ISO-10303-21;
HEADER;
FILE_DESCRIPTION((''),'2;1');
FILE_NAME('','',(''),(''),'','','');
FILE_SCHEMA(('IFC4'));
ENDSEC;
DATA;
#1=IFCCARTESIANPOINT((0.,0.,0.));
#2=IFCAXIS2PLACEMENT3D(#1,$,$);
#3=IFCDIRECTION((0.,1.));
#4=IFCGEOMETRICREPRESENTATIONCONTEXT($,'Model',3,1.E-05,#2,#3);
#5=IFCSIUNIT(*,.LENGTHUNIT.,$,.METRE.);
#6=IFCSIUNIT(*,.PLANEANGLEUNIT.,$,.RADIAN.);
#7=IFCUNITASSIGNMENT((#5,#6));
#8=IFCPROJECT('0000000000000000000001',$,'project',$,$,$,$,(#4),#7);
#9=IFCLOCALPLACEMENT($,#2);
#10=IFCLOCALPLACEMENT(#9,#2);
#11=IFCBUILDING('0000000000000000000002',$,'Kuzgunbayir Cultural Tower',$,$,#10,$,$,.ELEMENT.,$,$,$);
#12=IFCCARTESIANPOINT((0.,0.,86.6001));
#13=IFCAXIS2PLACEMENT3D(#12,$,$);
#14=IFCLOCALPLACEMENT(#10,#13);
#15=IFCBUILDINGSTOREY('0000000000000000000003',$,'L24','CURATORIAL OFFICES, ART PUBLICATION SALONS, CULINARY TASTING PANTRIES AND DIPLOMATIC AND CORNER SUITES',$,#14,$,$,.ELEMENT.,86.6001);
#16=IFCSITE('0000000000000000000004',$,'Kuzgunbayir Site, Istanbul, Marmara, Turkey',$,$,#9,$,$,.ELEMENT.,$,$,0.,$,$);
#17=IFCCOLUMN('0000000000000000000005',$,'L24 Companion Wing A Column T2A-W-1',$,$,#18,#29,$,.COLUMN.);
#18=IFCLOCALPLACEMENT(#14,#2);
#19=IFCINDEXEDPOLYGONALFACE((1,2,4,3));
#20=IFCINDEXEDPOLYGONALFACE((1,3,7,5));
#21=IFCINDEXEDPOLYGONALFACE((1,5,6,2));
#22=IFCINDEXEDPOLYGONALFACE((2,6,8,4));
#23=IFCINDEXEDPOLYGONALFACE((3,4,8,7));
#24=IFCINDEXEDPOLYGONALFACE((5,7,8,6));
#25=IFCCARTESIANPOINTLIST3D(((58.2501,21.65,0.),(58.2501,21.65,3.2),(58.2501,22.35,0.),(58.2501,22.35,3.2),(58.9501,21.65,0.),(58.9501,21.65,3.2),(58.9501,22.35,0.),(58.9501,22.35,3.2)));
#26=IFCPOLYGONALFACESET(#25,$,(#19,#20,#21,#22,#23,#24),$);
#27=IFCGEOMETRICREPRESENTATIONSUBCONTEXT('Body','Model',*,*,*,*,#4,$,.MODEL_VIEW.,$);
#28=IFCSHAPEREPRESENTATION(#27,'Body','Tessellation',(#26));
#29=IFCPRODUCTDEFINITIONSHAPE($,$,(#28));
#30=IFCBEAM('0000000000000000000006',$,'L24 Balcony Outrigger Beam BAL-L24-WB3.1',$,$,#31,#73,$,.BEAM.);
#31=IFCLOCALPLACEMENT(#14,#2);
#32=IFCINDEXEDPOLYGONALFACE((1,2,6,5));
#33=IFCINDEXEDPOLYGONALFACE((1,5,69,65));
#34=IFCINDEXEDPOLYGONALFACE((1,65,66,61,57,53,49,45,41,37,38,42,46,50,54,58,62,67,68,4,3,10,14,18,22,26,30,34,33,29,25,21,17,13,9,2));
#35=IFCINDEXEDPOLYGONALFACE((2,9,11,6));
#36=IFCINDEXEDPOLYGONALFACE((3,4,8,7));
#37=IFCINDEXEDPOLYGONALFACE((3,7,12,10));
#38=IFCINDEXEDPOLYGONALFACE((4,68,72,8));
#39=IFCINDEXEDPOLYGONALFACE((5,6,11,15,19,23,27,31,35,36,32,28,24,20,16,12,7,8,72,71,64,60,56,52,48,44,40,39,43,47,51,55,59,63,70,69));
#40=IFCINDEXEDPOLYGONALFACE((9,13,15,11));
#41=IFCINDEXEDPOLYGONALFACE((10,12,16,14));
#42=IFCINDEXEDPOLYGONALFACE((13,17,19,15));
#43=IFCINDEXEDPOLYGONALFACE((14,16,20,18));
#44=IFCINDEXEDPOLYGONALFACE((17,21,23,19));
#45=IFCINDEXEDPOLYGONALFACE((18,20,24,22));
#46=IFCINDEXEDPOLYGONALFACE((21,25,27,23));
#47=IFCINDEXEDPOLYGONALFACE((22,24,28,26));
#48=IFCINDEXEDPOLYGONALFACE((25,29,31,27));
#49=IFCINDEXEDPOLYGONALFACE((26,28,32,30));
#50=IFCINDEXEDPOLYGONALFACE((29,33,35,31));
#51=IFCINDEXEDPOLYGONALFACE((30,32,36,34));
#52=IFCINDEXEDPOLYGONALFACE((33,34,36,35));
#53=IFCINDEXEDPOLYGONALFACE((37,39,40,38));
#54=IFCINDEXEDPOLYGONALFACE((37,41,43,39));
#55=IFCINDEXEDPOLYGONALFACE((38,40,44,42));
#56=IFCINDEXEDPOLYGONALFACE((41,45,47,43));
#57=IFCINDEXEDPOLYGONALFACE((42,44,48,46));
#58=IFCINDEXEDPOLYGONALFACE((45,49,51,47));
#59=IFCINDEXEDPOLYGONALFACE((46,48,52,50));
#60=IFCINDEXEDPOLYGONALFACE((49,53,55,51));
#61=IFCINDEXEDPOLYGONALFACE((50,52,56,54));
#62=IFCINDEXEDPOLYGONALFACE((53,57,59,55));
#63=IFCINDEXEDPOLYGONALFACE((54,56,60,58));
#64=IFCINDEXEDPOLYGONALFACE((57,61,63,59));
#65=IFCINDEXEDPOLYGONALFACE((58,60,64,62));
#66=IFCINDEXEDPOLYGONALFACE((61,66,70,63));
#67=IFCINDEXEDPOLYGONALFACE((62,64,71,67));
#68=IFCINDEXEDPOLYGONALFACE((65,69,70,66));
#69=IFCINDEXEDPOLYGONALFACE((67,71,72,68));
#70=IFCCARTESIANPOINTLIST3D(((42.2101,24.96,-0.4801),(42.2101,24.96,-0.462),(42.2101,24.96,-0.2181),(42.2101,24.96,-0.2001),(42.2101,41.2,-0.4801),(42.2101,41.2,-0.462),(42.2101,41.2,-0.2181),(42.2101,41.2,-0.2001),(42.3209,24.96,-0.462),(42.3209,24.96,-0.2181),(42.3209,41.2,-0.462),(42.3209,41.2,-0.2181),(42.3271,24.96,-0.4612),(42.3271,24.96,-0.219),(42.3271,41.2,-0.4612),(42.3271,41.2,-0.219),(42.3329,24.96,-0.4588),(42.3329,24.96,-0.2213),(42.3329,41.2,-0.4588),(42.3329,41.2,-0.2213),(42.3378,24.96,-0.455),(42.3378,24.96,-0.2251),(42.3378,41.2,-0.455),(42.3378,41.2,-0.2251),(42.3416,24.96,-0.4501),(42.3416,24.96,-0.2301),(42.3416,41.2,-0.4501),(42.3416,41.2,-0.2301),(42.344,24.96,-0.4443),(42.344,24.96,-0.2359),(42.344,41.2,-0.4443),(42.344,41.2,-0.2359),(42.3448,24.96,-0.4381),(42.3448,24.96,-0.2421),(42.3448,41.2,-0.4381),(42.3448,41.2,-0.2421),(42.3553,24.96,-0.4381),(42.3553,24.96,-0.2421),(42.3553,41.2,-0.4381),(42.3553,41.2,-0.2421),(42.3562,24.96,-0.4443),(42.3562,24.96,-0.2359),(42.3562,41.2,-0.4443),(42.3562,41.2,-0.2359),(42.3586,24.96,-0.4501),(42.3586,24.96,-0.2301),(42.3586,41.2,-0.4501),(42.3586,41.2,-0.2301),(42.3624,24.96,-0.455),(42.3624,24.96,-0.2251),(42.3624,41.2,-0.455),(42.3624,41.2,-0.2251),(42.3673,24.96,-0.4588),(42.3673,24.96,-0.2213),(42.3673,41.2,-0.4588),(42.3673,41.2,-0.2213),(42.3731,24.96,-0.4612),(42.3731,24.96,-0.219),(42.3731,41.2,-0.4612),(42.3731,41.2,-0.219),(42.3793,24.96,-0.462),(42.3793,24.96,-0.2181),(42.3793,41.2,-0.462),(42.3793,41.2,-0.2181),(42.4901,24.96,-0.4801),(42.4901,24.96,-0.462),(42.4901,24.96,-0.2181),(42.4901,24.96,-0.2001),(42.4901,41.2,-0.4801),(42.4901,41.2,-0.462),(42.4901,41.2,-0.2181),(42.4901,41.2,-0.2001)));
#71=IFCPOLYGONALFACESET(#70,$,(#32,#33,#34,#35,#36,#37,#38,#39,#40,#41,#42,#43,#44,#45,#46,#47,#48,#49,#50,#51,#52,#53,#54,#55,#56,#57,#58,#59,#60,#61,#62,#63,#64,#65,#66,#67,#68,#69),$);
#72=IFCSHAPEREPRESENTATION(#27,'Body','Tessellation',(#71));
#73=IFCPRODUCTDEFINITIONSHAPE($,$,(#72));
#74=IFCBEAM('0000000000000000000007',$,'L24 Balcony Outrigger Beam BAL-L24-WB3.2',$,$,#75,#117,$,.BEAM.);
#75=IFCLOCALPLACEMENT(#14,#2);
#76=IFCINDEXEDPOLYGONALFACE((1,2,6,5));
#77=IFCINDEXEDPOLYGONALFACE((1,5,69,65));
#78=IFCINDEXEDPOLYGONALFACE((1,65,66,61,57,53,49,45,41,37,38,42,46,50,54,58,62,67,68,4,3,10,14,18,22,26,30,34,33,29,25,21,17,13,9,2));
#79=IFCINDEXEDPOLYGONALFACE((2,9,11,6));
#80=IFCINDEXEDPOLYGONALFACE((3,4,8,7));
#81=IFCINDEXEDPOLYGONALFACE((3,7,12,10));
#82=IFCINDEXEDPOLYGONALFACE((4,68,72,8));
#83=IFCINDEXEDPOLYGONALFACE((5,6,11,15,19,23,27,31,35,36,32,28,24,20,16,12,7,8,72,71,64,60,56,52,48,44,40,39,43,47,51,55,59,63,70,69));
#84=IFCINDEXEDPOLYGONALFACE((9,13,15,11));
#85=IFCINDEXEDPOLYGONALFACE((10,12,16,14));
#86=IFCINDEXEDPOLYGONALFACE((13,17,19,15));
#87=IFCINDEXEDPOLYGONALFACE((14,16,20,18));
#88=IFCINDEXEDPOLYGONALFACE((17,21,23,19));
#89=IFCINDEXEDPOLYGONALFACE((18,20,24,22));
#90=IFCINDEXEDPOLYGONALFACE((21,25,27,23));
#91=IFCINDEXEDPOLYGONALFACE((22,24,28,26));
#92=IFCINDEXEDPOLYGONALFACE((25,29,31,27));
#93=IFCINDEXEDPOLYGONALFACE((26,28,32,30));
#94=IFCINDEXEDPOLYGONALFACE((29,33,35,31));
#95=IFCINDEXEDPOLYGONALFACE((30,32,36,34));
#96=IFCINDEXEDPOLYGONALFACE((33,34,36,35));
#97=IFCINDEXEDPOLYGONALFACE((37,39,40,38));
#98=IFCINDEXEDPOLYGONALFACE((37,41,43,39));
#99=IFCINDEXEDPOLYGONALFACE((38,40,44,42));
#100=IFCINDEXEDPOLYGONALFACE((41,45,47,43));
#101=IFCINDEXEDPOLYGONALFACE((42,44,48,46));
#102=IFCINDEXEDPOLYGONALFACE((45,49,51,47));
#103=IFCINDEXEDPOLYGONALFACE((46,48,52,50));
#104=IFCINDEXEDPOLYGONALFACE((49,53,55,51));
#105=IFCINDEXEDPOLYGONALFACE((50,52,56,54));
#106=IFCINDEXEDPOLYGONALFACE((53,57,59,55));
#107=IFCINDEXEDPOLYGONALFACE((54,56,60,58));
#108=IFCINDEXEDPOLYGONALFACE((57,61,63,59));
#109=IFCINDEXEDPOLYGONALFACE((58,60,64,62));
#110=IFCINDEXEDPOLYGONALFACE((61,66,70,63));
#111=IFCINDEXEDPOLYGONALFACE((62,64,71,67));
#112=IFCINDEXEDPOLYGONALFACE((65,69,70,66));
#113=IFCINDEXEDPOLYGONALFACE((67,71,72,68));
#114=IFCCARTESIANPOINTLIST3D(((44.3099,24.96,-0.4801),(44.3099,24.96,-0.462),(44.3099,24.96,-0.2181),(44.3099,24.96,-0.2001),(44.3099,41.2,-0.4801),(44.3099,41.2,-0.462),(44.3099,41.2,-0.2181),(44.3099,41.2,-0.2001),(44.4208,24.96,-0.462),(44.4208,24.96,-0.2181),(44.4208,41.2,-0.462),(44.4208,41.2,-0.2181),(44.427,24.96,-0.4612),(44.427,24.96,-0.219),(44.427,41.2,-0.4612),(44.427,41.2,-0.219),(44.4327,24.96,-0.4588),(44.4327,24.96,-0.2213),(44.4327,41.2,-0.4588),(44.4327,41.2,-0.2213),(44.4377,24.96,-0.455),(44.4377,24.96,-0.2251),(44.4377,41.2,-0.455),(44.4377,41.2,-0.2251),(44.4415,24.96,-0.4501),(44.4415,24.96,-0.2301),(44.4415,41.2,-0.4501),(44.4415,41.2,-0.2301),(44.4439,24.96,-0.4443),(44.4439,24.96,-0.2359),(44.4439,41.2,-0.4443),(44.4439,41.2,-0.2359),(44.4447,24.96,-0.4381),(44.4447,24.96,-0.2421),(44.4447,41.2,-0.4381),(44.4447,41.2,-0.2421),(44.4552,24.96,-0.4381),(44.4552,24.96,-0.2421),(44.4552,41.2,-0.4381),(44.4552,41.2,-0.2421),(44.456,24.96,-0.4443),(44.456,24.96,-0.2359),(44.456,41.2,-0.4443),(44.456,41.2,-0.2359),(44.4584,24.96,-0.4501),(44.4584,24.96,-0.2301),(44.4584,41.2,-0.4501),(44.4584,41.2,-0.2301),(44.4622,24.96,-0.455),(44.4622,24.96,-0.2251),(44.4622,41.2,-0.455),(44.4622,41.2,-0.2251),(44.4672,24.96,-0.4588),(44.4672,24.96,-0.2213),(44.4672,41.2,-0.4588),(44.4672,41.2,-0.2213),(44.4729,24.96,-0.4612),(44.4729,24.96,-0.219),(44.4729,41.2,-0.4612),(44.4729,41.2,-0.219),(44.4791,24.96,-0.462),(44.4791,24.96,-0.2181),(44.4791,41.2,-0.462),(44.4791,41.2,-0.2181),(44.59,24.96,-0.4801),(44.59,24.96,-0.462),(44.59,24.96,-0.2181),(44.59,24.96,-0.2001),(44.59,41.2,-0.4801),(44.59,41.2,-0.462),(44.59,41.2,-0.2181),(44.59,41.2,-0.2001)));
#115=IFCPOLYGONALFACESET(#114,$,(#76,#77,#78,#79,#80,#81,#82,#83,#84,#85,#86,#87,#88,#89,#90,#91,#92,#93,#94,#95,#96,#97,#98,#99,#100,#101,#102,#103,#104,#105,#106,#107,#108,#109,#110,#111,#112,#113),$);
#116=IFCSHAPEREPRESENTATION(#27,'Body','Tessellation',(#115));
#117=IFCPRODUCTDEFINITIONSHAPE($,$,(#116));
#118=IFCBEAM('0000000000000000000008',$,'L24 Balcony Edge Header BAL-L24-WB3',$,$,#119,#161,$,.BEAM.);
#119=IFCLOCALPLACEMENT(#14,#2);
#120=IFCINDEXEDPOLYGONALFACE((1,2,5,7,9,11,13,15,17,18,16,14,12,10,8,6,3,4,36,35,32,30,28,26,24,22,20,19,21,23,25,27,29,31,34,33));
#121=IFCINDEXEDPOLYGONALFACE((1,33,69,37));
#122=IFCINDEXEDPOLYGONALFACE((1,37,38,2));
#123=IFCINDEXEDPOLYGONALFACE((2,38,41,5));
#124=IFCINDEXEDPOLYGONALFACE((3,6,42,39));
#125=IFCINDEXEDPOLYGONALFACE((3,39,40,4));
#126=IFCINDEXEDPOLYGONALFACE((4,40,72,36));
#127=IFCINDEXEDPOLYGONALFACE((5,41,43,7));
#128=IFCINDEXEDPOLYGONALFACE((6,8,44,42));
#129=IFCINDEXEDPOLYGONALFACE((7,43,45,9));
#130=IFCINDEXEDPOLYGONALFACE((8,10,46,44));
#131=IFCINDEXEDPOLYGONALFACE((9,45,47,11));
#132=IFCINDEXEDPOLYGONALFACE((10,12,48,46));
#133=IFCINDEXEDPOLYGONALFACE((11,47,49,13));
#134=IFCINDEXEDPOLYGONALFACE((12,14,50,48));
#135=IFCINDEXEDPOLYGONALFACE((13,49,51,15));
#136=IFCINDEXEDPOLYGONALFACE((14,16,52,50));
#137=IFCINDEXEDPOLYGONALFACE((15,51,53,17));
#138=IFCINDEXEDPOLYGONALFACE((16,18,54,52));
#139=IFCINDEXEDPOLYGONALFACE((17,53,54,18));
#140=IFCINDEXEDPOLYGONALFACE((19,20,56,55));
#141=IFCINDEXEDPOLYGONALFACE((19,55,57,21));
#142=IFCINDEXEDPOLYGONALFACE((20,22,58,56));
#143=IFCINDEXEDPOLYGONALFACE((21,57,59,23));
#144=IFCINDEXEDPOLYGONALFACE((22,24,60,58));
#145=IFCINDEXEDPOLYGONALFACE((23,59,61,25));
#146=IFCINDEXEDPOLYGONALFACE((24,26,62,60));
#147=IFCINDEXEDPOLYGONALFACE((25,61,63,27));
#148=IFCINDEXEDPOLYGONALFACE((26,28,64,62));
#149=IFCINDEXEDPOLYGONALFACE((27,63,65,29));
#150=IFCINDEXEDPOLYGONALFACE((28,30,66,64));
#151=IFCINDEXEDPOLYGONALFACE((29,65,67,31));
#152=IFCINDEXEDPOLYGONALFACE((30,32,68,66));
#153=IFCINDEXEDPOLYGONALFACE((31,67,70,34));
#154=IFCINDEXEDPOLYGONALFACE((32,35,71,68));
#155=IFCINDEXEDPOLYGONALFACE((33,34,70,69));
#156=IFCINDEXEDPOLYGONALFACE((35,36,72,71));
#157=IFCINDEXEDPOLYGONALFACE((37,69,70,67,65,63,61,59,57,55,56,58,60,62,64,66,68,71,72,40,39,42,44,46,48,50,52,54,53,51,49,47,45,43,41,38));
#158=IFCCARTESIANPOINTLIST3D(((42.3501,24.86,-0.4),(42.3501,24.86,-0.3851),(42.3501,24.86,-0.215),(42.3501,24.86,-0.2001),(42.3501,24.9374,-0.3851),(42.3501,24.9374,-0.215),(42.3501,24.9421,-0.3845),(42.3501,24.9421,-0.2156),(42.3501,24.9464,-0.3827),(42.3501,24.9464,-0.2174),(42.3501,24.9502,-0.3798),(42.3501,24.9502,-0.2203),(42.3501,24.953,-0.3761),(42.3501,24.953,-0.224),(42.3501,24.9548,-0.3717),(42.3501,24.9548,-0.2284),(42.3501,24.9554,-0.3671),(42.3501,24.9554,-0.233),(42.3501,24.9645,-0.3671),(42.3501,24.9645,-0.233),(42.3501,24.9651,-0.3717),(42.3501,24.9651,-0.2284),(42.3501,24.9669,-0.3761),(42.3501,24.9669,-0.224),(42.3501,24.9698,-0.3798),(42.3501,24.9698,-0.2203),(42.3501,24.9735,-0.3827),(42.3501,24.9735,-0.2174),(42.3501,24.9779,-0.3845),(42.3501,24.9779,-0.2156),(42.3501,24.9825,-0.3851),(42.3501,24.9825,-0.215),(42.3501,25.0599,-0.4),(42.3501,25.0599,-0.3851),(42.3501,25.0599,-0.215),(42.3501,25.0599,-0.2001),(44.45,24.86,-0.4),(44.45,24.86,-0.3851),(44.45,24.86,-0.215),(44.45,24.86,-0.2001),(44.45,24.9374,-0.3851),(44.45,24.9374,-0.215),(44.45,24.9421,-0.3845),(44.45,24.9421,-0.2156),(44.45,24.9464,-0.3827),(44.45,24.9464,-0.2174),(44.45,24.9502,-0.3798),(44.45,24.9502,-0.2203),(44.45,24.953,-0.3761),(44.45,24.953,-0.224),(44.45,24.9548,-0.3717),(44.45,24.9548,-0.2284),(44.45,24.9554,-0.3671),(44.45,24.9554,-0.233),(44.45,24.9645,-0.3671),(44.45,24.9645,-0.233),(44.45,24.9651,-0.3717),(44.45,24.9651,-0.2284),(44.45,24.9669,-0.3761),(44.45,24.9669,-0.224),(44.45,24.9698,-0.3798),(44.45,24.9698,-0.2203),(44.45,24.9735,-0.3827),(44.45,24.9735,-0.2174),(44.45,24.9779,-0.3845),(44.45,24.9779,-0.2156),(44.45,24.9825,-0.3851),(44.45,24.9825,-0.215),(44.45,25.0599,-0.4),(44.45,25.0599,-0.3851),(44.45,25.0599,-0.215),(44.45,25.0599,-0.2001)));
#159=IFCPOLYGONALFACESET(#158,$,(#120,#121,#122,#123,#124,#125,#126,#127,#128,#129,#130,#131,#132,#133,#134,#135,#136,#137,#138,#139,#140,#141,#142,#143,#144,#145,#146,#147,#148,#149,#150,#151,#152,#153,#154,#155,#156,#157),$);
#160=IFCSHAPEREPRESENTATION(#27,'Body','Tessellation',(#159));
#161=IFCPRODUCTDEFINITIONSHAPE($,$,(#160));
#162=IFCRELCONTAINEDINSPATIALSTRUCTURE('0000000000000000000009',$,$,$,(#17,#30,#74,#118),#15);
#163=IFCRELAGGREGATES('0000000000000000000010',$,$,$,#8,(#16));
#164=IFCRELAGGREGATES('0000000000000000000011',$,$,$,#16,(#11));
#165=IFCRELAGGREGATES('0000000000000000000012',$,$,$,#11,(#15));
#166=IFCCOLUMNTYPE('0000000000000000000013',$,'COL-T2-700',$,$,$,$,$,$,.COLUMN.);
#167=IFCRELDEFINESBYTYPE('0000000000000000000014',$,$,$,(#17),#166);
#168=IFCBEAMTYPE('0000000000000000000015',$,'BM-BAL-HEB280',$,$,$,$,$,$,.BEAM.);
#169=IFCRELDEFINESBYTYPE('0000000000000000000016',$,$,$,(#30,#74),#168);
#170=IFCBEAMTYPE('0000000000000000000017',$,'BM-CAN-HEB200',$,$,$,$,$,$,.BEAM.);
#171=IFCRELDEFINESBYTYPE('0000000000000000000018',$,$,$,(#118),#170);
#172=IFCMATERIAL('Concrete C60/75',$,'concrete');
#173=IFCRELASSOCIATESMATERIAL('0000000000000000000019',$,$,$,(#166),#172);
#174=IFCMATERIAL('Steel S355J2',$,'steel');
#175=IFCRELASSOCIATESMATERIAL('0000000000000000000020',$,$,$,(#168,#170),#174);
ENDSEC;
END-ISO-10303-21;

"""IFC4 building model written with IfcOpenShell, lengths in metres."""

from ifc_helpers import new_model, si_unit, direction, frame, origin, origin_2d, place, context, subcontext, project, spatial, rectangle, i_section, extrude, material, material_profile, profile_set, type_object, element, save


model = new_model("IFC4")

# Units and contexts
model_context = context("Model", 3, precision=1e-05, world=origin(), true_north=direction((0.0, 1.0)))
body_context = subcontext(model_context, "Body", "Model", "MODEL_VIEW")
ifc_project = project(units=[si_unit("LENGTHUNIT", "METRE"), si_unit("PLANEANGLEUNIT", "RADIAN")], contexts=[model_context])

# Site, building, storey
site_placement = place(None, origin())
site = spatial("IfcSite", under=ifc_project, at=site_placement, Name="Kuzgunbayir Site, Istanbul, Marmara, Turkey", CompositionType="ELEMENT", RefElevation=0.0)
building_placement = place(site_placement, origin())
building = spatial("IfcBuilding", under=site, at=building_placement, Name="Kuzgunbayir Cultural Tower", CompositionType="ELEMENT")
storey_placement = place(building_placement, frame((0.0, 0.0, 86.6001)))
storey = spatial("IfcBuildingStorey", under=building, at=storey_placement, Name="L24", Description="CURATORIAL OFFICES, ART PUBLICATION SALONS, CULINARY TASTING PANTRIES AND DIPLOMATIC AND CORNER SUITES", CompositionType="ELEMENT", Elevation=86.6001)

# Column
ifc_material_1 = material(Name="Concrete C60/75", Category="concrete")
ifc_material_profile_1 = material_profile(ifc_material_1, rectangle(XDim=0.7, YDim=0.7, at=origin_2d()), Name="RC 700x700")
ifc_profile_set_1 = profile_set([ifc_material_profile_1], Name="Concrete C60/75")
column_type = type_object("IfcColumnType", Name="COL-T2-700", PredefinedType="COLUMN", material=ifc_profile_set_1)
column_placement = place(storey_placement, frame((58.6001, 22.0, 0.0), z_axis=(0.0, 0.0, 1.0), x_axis=(1.0, 0.0, 0.0)))
element("IfcColumn", 1, at=column_placement, inside=storey, type_object=column_type, Name="L24 Companion Wing A Column T2A-W-1", PredefinedType="COLUMN", context=body_context, shape_type="SweptSolid", body=[
    extrude(rectangle(XDim=0.7, YDim=0.7, at=origin_2d()), origin(), (0.0, 0.0, 1.0), 3.2),
])

# Beams
ifc_material_2 = material(Name="Steel S355J2", Category="steel")
ifc_material_profile_2 = material_profile(ifc_material_2, i_section(OverallWidth=0.28, OverallDepth=0.28, WebThickness=0.0105, FlangeThickness=0.0181, FilletRadius=0.0239, at=origin_2d()), Name="HEB 280")
ifc_profile_set_2 = profile_set([ifc_material_profile_2], Name="Steel S355J2")
beam_type_1 = type_object("IfcBeamType", Name="BM-BAL-HEB280", PredefinedType="BEAM", material=ifc_profile_set_2)
for number, where, z_axis, x_axis, name in (
    (2, (42.3501, 24.96, -0.3401), (0.0, 1.0, 0.0), (-1.0, 0.0, 0.0), "L24 Balcony Outrigger Beam BAL-L24-WB3.1"),
    (3, (44.45, 24.96, -0.3401), (0.0, 1.0, 0.0), (-1.0, 0.0, 0.0), "L24 Balcony Outrigger Beam BAL-L24-WB3.2"),
):
    element("IfcBeam", number, at=place(storey_placement, frame(where, z_axis=z_axis, x_axis=x_axis)), inside=storey, type_object=beam_type_1, Name=name, PredefinedType="BEAM", context=body_context, shape_type="SweptSolid", body=[
        extrude(i_section(OverallWidth=0.28, OverallDepth=0.28, WebThickness=0.0105, FlangeThickness=0.0181, FilletRadius=0.0239, at=origin_2d()), origin(), (0.0, 0.0, 1.0), 16.24),
    ])
ifc_material_profile_3 = material_profile(ifc_material_2, i_section(OverallWidth=0.2, OverallDepth=0.2, WebThickness=0.009, FlangeThickness=0.0149, FilletRadius=0.0181, at=origin_2d()), Name="HEB 200")
ifc_profile_set_3 = profile_set([ifc_material_profile_3], Name="Steel S355J2")
beam_type_2 = type_object("IfcBeamType", Name="BM-CAN-HEB200", PredefinedType="BEAM", material=ifc_profile_set_3)
beam_1_placement = place(storey_placement, frame((42.3501, 24.96, -0.3), z_axis=(1.0, 0.0, 0.0), x_axis=(0.0, 1.0, 0.0)))
element("IfcBeam", 4, at=beam_1_placement, inside=storey, type_object=beam_type_2, Name="L24 Balcony Edge Header BAL-L24-WB3", PredefinedType="BEAM", context=body_context, shape_type="SweptSolid", body=[
    extrude(i_section(OverallWidth=0.2, OverallDepth=0.2, WebThickness=0.009, FlangeThickness=0.0149, FilletRadius=0.0181, at=origin_2d()), origin(), (0.0, 0.0, 1.0), 2.0999),
])

save(model, "model.ifc")
